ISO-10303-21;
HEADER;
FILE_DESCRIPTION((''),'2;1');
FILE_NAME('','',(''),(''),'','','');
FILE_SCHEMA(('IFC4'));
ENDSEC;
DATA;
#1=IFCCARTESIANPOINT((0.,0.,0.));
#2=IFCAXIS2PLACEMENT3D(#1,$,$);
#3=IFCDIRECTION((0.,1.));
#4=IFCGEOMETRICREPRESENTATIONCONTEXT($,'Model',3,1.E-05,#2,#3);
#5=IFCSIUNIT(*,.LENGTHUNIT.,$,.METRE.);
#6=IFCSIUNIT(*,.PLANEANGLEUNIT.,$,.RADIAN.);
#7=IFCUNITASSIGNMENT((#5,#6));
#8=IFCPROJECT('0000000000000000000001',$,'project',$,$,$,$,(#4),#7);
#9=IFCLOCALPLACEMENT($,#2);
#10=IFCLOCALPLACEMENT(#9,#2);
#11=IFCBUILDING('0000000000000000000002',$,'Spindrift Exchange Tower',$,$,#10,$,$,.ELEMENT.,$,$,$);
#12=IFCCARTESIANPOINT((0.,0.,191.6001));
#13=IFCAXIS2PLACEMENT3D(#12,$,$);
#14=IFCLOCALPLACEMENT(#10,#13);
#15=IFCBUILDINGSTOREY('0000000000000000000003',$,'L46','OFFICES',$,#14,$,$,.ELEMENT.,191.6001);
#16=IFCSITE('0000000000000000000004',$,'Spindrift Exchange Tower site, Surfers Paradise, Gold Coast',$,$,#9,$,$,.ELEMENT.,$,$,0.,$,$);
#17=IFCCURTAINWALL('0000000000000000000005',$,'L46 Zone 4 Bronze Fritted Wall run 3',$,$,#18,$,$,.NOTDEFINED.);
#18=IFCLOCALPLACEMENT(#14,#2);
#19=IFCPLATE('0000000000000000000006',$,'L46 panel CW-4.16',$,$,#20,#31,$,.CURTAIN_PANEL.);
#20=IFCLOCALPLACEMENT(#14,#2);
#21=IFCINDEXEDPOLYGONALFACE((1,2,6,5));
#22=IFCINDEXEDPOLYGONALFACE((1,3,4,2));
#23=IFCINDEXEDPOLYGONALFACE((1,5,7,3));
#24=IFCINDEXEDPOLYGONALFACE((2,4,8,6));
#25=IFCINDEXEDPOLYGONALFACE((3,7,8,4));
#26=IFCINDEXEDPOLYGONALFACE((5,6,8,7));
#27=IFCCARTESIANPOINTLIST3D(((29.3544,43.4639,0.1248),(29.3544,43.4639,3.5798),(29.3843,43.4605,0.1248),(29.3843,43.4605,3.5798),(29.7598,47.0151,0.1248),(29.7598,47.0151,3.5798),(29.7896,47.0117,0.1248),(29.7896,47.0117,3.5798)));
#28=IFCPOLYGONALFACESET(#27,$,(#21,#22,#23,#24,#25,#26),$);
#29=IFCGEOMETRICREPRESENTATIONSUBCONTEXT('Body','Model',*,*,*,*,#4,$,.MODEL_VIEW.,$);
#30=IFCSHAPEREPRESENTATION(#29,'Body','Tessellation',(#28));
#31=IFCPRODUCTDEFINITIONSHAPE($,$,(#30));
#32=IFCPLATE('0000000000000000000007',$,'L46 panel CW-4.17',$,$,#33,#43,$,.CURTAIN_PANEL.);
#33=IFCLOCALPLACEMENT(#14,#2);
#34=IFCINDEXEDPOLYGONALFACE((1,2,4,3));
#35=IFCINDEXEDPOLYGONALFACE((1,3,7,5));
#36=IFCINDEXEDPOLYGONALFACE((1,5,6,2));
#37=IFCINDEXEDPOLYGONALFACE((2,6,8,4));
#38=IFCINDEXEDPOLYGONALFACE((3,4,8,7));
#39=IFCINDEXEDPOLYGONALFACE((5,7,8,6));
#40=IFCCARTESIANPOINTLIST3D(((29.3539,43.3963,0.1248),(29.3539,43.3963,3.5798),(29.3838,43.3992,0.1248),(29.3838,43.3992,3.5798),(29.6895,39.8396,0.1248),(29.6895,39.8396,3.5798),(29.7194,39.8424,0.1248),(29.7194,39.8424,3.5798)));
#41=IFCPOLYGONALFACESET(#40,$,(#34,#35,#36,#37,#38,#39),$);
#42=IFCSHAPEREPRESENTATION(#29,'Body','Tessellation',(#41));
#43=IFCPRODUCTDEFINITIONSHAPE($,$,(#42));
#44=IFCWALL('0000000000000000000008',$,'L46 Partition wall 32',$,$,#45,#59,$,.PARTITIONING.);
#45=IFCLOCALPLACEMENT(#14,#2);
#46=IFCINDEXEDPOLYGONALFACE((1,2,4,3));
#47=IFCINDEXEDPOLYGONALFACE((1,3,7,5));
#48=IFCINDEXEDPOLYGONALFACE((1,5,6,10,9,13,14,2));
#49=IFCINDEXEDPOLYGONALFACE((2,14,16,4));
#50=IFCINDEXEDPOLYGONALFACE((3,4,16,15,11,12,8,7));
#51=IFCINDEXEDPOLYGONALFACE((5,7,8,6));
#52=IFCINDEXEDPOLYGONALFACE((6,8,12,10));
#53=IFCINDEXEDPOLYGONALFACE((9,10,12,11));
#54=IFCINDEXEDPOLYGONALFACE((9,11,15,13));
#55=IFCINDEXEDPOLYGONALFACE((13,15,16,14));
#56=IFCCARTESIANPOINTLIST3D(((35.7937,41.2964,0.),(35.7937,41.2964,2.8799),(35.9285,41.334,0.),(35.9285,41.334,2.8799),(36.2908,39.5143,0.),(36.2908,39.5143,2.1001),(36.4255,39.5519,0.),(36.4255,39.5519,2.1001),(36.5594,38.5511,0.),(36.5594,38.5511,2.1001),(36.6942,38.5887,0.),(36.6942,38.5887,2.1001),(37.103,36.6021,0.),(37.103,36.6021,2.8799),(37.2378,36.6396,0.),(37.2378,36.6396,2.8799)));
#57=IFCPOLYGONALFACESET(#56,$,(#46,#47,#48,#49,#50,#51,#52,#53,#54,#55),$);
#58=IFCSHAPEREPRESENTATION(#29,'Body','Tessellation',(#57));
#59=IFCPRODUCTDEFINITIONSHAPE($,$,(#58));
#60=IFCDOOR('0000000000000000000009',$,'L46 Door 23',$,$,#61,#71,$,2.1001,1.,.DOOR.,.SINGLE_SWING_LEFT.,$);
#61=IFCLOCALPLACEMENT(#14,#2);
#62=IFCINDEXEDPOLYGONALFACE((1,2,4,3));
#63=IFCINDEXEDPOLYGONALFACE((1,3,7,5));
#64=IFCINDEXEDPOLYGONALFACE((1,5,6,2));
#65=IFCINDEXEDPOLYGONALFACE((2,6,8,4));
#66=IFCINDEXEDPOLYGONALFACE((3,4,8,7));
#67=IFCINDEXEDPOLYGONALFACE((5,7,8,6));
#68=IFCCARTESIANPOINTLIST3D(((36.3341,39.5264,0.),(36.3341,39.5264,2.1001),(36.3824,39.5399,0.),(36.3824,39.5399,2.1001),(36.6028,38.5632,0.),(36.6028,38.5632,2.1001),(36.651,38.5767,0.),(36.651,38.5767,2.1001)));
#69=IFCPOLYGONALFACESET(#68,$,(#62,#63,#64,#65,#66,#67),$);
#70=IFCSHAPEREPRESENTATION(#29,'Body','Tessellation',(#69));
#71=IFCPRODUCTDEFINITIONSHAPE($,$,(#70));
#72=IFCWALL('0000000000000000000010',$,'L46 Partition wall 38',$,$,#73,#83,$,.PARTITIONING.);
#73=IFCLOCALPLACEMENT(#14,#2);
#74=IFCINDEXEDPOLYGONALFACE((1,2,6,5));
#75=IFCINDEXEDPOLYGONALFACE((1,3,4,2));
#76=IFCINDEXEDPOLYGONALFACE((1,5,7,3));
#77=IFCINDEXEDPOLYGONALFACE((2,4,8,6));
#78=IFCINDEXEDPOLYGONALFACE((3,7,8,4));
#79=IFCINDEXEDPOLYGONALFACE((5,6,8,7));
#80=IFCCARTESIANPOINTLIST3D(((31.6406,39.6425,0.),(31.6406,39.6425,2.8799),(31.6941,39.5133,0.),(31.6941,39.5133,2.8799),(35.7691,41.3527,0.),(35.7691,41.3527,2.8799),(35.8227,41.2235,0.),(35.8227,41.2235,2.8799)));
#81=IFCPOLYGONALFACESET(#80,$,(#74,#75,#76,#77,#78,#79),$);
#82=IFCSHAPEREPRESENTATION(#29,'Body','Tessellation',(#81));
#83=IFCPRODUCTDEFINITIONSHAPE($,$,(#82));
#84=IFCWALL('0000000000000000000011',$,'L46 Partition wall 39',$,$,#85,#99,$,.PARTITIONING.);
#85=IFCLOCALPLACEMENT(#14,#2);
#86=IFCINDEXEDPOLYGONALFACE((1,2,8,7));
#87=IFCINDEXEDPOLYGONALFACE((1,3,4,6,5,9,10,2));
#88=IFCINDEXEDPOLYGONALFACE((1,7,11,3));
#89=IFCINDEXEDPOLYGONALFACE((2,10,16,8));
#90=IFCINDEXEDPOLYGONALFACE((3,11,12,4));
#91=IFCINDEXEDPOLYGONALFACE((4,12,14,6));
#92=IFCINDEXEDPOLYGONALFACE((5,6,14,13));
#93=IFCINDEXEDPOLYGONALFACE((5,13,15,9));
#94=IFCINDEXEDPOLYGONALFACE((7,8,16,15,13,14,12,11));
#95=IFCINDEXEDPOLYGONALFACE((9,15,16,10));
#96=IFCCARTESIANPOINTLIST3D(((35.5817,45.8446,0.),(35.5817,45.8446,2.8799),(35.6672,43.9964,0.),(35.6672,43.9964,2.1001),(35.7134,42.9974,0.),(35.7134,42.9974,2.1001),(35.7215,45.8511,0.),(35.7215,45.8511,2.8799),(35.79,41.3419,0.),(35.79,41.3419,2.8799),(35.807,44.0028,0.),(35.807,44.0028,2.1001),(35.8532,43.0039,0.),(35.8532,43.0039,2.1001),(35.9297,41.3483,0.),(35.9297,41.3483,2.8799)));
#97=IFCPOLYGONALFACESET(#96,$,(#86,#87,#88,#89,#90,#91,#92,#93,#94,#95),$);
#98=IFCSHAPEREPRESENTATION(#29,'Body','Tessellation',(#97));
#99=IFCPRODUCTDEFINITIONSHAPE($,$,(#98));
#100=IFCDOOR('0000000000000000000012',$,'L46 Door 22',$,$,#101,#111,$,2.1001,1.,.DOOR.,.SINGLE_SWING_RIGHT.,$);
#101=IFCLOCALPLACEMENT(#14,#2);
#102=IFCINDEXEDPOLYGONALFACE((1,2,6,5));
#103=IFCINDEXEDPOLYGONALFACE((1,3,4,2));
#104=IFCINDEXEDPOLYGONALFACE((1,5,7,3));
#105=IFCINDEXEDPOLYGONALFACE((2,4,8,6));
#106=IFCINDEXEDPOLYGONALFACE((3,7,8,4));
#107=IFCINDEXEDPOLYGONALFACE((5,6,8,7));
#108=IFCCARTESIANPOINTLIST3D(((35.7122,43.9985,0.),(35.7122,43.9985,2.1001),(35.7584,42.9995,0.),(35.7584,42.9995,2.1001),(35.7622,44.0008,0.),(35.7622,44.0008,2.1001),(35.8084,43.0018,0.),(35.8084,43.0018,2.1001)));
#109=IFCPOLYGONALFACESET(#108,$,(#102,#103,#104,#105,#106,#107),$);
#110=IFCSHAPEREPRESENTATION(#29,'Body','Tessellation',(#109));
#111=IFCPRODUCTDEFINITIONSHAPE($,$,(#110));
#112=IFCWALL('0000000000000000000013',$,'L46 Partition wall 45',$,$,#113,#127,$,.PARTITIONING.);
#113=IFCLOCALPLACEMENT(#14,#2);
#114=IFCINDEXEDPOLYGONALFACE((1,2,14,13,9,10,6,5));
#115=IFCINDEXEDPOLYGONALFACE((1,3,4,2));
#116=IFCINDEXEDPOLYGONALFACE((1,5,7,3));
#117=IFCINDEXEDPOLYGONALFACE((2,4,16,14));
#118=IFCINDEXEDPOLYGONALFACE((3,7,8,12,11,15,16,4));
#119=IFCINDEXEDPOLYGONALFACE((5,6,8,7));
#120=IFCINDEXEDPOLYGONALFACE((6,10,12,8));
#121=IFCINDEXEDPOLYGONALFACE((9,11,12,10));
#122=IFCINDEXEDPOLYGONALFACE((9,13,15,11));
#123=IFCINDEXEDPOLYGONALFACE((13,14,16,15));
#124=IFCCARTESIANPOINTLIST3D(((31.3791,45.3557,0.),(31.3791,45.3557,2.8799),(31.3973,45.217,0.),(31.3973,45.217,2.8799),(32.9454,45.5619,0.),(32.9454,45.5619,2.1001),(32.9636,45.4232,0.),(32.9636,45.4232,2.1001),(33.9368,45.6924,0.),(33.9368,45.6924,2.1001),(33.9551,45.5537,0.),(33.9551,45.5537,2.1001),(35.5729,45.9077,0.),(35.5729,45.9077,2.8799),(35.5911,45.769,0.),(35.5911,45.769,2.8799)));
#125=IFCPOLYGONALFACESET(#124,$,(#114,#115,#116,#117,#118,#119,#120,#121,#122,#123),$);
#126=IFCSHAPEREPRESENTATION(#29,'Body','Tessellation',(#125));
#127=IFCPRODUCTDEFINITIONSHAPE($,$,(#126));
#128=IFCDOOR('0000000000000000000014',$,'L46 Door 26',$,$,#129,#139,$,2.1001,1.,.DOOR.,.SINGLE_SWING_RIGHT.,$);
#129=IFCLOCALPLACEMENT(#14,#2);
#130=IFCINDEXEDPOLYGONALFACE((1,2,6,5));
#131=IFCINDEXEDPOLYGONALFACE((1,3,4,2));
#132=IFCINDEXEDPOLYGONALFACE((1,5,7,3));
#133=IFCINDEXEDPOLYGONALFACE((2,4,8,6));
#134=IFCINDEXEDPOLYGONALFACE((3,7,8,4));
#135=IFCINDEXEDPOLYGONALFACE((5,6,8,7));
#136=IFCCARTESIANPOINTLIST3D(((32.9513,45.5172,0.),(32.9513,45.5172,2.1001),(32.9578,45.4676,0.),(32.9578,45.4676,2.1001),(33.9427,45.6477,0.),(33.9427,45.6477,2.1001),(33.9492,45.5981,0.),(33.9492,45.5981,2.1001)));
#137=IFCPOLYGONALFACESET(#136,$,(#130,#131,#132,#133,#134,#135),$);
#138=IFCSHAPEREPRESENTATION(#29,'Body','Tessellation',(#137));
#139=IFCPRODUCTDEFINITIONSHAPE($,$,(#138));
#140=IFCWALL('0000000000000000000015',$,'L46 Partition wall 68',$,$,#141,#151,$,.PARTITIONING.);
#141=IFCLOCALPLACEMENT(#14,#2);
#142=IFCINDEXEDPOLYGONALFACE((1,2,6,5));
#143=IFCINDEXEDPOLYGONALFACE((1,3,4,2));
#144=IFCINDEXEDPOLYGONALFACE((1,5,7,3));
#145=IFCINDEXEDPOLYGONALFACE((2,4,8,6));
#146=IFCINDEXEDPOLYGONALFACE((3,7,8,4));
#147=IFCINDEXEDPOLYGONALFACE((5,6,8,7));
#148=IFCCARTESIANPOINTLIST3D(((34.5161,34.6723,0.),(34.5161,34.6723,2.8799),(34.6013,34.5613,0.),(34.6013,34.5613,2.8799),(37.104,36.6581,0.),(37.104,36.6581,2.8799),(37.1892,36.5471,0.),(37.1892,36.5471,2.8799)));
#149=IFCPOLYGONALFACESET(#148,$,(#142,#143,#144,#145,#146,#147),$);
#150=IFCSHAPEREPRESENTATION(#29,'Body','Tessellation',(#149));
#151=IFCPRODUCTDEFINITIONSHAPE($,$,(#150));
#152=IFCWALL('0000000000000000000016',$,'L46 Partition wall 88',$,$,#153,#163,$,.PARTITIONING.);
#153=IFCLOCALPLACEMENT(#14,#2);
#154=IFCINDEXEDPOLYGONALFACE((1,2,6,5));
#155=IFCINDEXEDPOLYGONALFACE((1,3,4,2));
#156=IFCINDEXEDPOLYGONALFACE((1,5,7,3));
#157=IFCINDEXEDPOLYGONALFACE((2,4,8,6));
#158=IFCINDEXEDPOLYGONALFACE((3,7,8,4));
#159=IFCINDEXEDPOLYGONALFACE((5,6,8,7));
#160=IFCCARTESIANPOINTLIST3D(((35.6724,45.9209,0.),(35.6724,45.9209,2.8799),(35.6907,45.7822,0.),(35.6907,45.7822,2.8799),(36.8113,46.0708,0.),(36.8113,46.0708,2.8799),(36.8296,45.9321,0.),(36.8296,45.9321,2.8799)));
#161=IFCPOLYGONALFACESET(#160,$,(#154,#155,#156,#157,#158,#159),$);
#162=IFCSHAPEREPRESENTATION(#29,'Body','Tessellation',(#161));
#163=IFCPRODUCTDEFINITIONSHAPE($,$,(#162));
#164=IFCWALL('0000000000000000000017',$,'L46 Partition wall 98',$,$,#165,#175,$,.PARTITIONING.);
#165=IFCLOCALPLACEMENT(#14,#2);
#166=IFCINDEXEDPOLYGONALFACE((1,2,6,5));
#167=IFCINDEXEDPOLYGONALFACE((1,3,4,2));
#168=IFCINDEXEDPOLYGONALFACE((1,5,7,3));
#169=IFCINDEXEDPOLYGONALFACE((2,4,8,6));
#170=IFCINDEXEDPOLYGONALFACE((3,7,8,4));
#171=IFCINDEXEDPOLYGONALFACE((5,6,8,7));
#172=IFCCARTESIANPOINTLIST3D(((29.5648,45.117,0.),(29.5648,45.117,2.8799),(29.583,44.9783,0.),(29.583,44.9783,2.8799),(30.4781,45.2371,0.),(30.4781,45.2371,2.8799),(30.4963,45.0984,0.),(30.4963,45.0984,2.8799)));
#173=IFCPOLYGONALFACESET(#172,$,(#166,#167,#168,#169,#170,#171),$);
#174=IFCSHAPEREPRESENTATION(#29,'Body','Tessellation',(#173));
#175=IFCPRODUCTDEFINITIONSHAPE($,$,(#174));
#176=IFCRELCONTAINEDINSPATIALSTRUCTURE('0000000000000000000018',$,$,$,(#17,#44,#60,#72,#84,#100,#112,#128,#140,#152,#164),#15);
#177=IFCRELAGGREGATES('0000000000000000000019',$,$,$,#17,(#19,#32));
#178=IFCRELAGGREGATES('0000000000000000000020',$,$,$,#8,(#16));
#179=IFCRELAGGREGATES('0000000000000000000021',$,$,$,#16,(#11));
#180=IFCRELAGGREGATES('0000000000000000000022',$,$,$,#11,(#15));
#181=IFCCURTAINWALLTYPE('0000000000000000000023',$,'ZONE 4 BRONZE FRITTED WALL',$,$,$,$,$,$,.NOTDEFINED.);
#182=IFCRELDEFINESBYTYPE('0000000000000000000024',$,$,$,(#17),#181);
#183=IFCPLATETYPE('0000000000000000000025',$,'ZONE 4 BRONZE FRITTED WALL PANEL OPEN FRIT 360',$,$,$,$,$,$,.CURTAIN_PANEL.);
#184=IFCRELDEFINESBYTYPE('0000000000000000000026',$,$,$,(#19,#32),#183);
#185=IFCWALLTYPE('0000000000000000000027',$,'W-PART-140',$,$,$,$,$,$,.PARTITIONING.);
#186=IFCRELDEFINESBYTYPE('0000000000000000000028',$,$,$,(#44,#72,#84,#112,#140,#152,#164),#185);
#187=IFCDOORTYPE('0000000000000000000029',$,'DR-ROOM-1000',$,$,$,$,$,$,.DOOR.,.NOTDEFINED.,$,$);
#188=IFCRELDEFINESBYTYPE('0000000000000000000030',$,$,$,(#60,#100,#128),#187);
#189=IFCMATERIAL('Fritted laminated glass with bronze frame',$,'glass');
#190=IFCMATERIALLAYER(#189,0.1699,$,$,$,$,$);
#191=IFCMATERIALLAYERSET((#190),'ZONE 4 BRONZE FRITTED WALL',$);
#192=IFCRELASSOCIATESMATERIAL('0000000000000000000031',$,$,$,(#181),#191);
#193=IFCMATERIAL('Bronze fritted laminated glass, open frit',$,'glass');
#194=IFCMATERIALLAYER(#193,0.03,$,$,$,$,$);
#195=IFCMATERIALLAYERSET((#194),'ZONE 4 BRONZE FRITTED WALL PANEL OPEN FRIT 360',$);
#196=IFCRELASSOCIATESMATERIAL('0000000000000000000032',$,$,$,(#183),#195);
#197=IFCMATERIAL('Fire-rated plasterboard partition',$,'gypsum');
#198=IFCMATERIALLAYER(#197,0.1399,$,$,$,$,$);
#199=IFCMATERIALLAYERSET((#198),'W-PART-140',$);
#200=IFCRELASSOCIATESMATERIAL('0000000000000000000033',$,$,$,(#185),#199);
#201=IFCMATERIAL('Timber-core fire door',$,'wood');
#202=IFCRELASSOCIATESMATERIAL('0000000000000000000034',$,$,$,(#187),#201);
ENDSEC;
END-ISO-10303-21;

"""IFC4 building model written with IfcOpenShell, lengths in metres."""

from ifc_helpers import new_model, si_unit, direction, frame, frame_2d, origin, origin_2d, place, context, subcontext, project, spatial, rectangle, extrude, source, transform, mapped, material, layer, layer_set, type_object, element, fill, aggregate, save


model = new_model("IFC4")

# Units and contexts
model_context = context("Model", 3, precision=1e-05, world=origin(), true_north=direction((0.0, 1.0)))
body_context = subcontext(model_context, "Body", "Model", "MODEL_VIEW")
ifc_project = project(units=[si_unit("LENGTHUNIT", "METRE"), si_unit("PLANEANGLEUNIT", "RADIAN")], contexts=[model_context])

# Site, building, storey
site_placement = place(None, origin())
site = spatial("IfcSite", under=ifc_project, at=site_placement, Name="Spindrift Exchange Tower site, Surfers Paradise, Gold Coast", CompositionType="ELEMENT", RefElevation=0.0)
building_placement = place(site_placement, origin())
building = spatial("IfcBuilding", under=site, at=building_placement, Name="Spindrift Exchange Tower", CompositionType="ELEMENT")
storey_placement = place(building_placement, frame((0.0, 0.0, 191.6001)))
storey = spatial("IfcBuildingStorey", under=building, at=storey_placement, Name="L46", Description="OFFICES", CompositionType="ELEMENT", Elevation=191.6001)

# Curtain wall, plates
ifc_material_1 = material(Name="Fritted laminated glass with bronze frame", Category="glass")
ifc_layer_1 = layer(ifc_material_1, 0.1699)
ifc_layer_set_1 = layer_set([ifc_layer_1], Name="ZONE 4 BRONZE FRITTED WALL")
curtain_wall_type = type_object("IfcCurtainWallType", Name="ZONE 4 BRONZE FRITTED WALL", PredefinedType="NOTDEFINED", material=ifc_layer_set_1)
curtain_wall_placement = place(storey_placement, origin())
curtain_wall = element("IfcCurtainWall", 1, at=curtain_wall_placement, inside=storey, type_object=curtain_wall_type, Name="L46 Zone 4 Bronze Fritted Wall run 3", PredefinedType="NOTDEFINED")
ifc_material_2 = material(Name="Bronze fritted laminated glass, open frit", Category="glass")
ifc_layer_2 = layer(ifc_material_2, 0.03)
ifc_layer_set_2 = layer_set([ifc_layer_2], Name="ZONE 4 BRONZE FRITTED WALL PANEL OPEN FRIT 360")
plate_type_1 = type_object("IfcPlateType", Name="ZONE 4 BRONZE FRITTED WALL PANEL OPEN FRIT 360", PredefinedType="CURTAIN_PANEL", material=ifc_layer_set_2)
shared_shape_1 = source(origin(), body_context, "Body", "SweptSolid", [
    extrude(rectangle(XDim=3.5742, YDim=0.03, at=origin_2d()), origin(), (0.0, 0.0, 1.0), 3.4551),
])
plate_1_placement = place(storey_placement, frame((29.572, 45.2378, 0.1248), z_axis=(0.0, 0.0, 1.0), x_axis=(-0.113404, -0.993549, 0.0)))
plate_1 = element("IfcPlate", 2, at=plate_1_placement, type_object=plate_type_1, Name="L46 panel CW-4.16", PredefinedType="CURTAIN_PANEL", context=body_context, shape_type="MappedRepresentation", body=[
    mapped(shared_shape_1, transform((0.0, 0.0, 0.0), scale=1.0)),
])
shared_shape_2 = source(origin(), body_context, "Body", "SweptSolid", [
    extrude(rectangle(XDim=3.5725, YDim=0.03, at=origin_2d()), origin(), (0.0, 0.0, 1.0), 3.4551),
])
plate_2_placement = place(storey_placement, frame((29.5366, 41.6194, 0.1248), z_axis=(0.0, 0.0, 1.0), x_axis=(0.093942, -0.995578, 0.0)))
plate_2 = element("IfcPlate", 3, at=plate_2_placement, type_object=plate_type_1, Name="L46 panel CW-4.17", PredefinedType="CURTAIN_PANEL", context=body_context, shape_type="MappedRepresentation", body=[
    mapped(shared_shape_2, transform((0.0, 0.0, 0.0), scale=1.0)),
])
aggregate(curtain_wall, [plate_1, plate_2])

# Wall, opening, door
ifc_material_3 = material(Name="Fire-rated plasterboard partition", Category="gypsum")
ifc_layer_3 = layer(ifc_material_3, 0.1399)
ifc_layer_set_3 = layer_set([ifc_layer_3], Name="W-PART-140")
wall_type = type_object("IfcWallType", Name="W-PART-140", PredefinedType="PARTITIONING", material=ifc_layer_set_3)
wall_1_placement = place(storey_placement, frame((37.1704, 36.6208, 0.0), z_axis=(0.0, 0.0, 1.0), x_axis=(-0.268662, 0.963235, 0.0)))
wall_1 = element("IfcWall", 4, at=wall_1_placement, inside=storey, type_object=wall_type, Name="L46 Partition wall 32", PredefinedType="PARTITIONING", context=body_context, shape_type="SweptSolid", body=[
    extrude(rectangle(XDim=4.8735, YDim=0.1399, at=frame_2d((2.4368, 0.0))), origin(), (0.0, 0.0, 1.0), 2.8799),
])
opening_1_placement = place(wall_1_placement, frame((2.0234, 0.0, 0.0)))
opening_1 = element("IfcOpeningElement", 5, at=opening_1_placement, cuts=wall_1, PredefinedType="OPENING", context=body_context, shape_type="SweptSolid", body=[
    extrude(rectangle(XDim=1.0, YDim=2.1001, at=frame_2d((0.5, 1.05))), frame((0.0, 0.0798, 0.0), z_axis=(0.0, -1.0, 0.0), x_axis=(1.0, 0.0, 0.0)), (0.0, 0.0, 1.0), 0.1599),
])
ifc_material_4 = material(Name="Timber-core fire door", Category="wood")
door_type = type_object("IfcDoorType", Name="DR-ROOM-1000", OperationType="NOTDEFINED", PredefinedType="DOOR", material=ifc_material_4)
shared_shape_3 = source(origin(), body_context, "Body", "SweptSolid", [
    extrude(rectangle(XDim=1.0, YDim=2.1001, at=frame_2d((0.5, 1.05))), frame((0.0, 0.0249, 0.0), z_axis=(0.0, -1.0, 0.0), x_axis=(1.0, 0.0, 0.0)), (0.0, 0.0, 1.0), 0.05),
])
door_1_placement = place(opening_1_placement, origin())
door_1 = element("IfcDoor", 6, at=door_1_placement, inside=storey, type_object=door_type, Name="L46 Door 23", OperationType="SINGLE_SWING_LEFT", OverallHeight=2.1001, OverallWidth=1.0, PredefinedType="DOOR", context=body_context, shape_type="MappedRepresentation", body=[
    mapped(shared_shape_3, transform((0.0, 0.0, 0.0), scale=1.0)),
])
fill(opening_1, door_1)

# Wall
wall_2_placement = place(storey_placement, frame((35.7959, 41.2881, 0.0), z_axis=(0.0, 0.0, 1.0), x_axis=(-0.923875, -0.382694, 0.0)))
element("IfcWall", 7, at=wall_2_placement, inside=storey, type_object=wall_type, Name="L46 Partition wall 38", PredefinedType="PARTITIONING", context=body_context, shape_type="SweptSolid", body=[
    extrude(rectangle(XDim=4.4688, YDim=0.1399, at=frame_2d((2.2344, 0.0))), origin(), (0.0, 0.0, 1.0), 2.8799),
])

# Walls, openings, doors
wall_3_placement = place(storey_placement, frame((35.8599, 41.345, 0.0), z_axis=(0.0, 0.0, 1.0), x_axis=(-0.046201, 0.998932, 0.0)))
wall_3 = element("IfcWall", 8, at=wall_3_placement, inside=storey, type_object=wall_type, Name="L46 Partition wall 39", PredefinedType="PARTITIONING", context=body_context, shape_type="SweptSolid", body=[
    extrude(rectangle(XDim=4.5076, YDim=0.1399, at=frame_2d((2.2539, 0.0))), origin(), (0.0, 0.0, 1.0), 2.8799),
])
opening_2_placement = place(wall_3_placement, frame((1.6575, 0.0, 0.0)))
opening_2 = element("IfcOpeningElement", 9, at=opening_2_placement, cuts=wall_3, PredefinedType="OPENING", context=body_context, shape_type="SweptSolid", body=[
    extrude(rectangle(XDim=1.0, YDim=2.1001, at=frame_2d((0.5, 1.05))), frame((0.0, 0.0798, 0.0), z_axis=(0.0, -1.0, 0.0), x_axis=(1.0, 0.0, 0.0)), (0.0, 0.0, 1.0), 0.1599),
])
door_2_placement = place(opening_2_placement, origin())
door_2 = element("IfcDoor", 10, at=door_2_placement, inside=storey, type_object=door_type, Name="L46 Door 22", OperationType="SINGLE_SWING_RIGHT", OverallHeight=2.1001, OverallWidth=1.0, PredefinedType="DOOR", context=body_context, shape_type="MappedRepresentation", body=[
    mapped(shared_shape_3, transform((0.0, 0.0, 0.0), scale=1.0)),
])
fill(opening_2, door_2)
wall_4_placement = place(storey_placement, frame((31.3882, 45.2864, 0.0), z_axis=(0.0, 0.0, 1.0), x_axis=(0.991449, 0.130496, 0.0)))
wall_4 = element("IfcWall", 11, at=wall_4_placement, inside=storey, type_object=wall_type, Name="L46 Partition wall 45", PredefinedType="PARTITIONING", context=body_context, shape_type="SweptSolid", body=[
    extrude(rectangle(XDim=4.23, YDim=0.1399, at=frame_2d((2.115, 0.0))), origin(), (0.0, 0.0, 1.0), 2.8799),
])
opening_3_placement = place(wall_4_placement, frame((1.5798, 0.0, 0.0)))
opening_3 = element("IfcOpeningElement", 12, at=opening_3_placement, cuts=wall_4, PredefinedType="OPENING", context=body_context, shape_type="SweptSolid", body=[
    extrude(rectangle(XDim=1.0, YDim=2.1001, at=frame_2d((0.5, 1.05))), frame((0.0, 0.0798, 0.0), z_axis=(0.0, -1.0, 0.0), x_axis=(1.0, 0.0, 0.0)), (0.0, 0.0, 1.0), 0.1599),
])
door_3_placement = place(opening_3_placement, origin())
door_3 = element("IfcDoor", 13, at=door_3_placement, inside=storey, type_object=door_type, Name="L46 Door 26", OperationType="SINGLE_SWING_RIGHT", OverallHeight=2.1001, OverallWidth=1.0, PredefinedType="DOOR", context=body_context, shape_type="MappedRepresentation", body=[
    mapped(shared_shape_3, transform((0.0, 0.0, 0.0), scale=1.0)),
])
fill(opening_3, door_3)

# Walls
wall_5_placement = place(storey_placement, frame((37.1465, 36.6025, 0.0), z_axis=(0.0, 0.0, 1.0), x_axis=(-0.793341, -0.608777, 0.0)))
element("IfcWall", 14, at=wall_5_placement, inside=storey, type_object=wall_type, Name="L46 Partition wall 68", PredefinedType="PARTITIONING", context=body_context, shape_type="SweptSolid", body=[
    extrude(rectangle(XDim=3.262, YDim=0.1399, at=frame_2d((1.6309, 0.0))), origin(), (0.0, 0.0, 1.0), 2.8799),
])
wall_6_placement = place(storey_placement, frame((36.8203, 46.0015, 0.0), z_axis=(0.0, 0.0, 1.0), x_axis=(-0.991449, -0.130493, 0.0)))
element("IfcWall", 15, at=wall_6_placement, inside=storey, type_object=wall_type, Name="L46 Partition wall 88", PredefinedType="PARTITIONING", context=body_context, shape_type="SweptSolid", body=[
    extrude(rectangle(XDim=1.1487, YDim=0.1399, at=frame_2d((0.5742, 0.0))), origin(), (0.0, 0.0, 1.0), 2.8799),
])
wall_7_placement = place(storey_placement, frame((30.4871, 45.1677, 0.0), z_axis=(0.0, 0.0, 1.0), x_axis=(-0.991462, -0.130393, 0.0)))
element("IfcWall", 16, at=wall_7_placement, inside=storey, type_object=wall_type, Name="L46 Partition wall 98", PredefinedType="PARTITIONING", context=body_context, shape_type="SweptSolid", body=[
    extrude(rectangle(XDim=0.9211, YDim=0.1399, at=frame_2d((0.4604, 0.0))), origin(), (0.0, 0.0, 1.0), 2.8799),
])

save(model, "model.ifc")
